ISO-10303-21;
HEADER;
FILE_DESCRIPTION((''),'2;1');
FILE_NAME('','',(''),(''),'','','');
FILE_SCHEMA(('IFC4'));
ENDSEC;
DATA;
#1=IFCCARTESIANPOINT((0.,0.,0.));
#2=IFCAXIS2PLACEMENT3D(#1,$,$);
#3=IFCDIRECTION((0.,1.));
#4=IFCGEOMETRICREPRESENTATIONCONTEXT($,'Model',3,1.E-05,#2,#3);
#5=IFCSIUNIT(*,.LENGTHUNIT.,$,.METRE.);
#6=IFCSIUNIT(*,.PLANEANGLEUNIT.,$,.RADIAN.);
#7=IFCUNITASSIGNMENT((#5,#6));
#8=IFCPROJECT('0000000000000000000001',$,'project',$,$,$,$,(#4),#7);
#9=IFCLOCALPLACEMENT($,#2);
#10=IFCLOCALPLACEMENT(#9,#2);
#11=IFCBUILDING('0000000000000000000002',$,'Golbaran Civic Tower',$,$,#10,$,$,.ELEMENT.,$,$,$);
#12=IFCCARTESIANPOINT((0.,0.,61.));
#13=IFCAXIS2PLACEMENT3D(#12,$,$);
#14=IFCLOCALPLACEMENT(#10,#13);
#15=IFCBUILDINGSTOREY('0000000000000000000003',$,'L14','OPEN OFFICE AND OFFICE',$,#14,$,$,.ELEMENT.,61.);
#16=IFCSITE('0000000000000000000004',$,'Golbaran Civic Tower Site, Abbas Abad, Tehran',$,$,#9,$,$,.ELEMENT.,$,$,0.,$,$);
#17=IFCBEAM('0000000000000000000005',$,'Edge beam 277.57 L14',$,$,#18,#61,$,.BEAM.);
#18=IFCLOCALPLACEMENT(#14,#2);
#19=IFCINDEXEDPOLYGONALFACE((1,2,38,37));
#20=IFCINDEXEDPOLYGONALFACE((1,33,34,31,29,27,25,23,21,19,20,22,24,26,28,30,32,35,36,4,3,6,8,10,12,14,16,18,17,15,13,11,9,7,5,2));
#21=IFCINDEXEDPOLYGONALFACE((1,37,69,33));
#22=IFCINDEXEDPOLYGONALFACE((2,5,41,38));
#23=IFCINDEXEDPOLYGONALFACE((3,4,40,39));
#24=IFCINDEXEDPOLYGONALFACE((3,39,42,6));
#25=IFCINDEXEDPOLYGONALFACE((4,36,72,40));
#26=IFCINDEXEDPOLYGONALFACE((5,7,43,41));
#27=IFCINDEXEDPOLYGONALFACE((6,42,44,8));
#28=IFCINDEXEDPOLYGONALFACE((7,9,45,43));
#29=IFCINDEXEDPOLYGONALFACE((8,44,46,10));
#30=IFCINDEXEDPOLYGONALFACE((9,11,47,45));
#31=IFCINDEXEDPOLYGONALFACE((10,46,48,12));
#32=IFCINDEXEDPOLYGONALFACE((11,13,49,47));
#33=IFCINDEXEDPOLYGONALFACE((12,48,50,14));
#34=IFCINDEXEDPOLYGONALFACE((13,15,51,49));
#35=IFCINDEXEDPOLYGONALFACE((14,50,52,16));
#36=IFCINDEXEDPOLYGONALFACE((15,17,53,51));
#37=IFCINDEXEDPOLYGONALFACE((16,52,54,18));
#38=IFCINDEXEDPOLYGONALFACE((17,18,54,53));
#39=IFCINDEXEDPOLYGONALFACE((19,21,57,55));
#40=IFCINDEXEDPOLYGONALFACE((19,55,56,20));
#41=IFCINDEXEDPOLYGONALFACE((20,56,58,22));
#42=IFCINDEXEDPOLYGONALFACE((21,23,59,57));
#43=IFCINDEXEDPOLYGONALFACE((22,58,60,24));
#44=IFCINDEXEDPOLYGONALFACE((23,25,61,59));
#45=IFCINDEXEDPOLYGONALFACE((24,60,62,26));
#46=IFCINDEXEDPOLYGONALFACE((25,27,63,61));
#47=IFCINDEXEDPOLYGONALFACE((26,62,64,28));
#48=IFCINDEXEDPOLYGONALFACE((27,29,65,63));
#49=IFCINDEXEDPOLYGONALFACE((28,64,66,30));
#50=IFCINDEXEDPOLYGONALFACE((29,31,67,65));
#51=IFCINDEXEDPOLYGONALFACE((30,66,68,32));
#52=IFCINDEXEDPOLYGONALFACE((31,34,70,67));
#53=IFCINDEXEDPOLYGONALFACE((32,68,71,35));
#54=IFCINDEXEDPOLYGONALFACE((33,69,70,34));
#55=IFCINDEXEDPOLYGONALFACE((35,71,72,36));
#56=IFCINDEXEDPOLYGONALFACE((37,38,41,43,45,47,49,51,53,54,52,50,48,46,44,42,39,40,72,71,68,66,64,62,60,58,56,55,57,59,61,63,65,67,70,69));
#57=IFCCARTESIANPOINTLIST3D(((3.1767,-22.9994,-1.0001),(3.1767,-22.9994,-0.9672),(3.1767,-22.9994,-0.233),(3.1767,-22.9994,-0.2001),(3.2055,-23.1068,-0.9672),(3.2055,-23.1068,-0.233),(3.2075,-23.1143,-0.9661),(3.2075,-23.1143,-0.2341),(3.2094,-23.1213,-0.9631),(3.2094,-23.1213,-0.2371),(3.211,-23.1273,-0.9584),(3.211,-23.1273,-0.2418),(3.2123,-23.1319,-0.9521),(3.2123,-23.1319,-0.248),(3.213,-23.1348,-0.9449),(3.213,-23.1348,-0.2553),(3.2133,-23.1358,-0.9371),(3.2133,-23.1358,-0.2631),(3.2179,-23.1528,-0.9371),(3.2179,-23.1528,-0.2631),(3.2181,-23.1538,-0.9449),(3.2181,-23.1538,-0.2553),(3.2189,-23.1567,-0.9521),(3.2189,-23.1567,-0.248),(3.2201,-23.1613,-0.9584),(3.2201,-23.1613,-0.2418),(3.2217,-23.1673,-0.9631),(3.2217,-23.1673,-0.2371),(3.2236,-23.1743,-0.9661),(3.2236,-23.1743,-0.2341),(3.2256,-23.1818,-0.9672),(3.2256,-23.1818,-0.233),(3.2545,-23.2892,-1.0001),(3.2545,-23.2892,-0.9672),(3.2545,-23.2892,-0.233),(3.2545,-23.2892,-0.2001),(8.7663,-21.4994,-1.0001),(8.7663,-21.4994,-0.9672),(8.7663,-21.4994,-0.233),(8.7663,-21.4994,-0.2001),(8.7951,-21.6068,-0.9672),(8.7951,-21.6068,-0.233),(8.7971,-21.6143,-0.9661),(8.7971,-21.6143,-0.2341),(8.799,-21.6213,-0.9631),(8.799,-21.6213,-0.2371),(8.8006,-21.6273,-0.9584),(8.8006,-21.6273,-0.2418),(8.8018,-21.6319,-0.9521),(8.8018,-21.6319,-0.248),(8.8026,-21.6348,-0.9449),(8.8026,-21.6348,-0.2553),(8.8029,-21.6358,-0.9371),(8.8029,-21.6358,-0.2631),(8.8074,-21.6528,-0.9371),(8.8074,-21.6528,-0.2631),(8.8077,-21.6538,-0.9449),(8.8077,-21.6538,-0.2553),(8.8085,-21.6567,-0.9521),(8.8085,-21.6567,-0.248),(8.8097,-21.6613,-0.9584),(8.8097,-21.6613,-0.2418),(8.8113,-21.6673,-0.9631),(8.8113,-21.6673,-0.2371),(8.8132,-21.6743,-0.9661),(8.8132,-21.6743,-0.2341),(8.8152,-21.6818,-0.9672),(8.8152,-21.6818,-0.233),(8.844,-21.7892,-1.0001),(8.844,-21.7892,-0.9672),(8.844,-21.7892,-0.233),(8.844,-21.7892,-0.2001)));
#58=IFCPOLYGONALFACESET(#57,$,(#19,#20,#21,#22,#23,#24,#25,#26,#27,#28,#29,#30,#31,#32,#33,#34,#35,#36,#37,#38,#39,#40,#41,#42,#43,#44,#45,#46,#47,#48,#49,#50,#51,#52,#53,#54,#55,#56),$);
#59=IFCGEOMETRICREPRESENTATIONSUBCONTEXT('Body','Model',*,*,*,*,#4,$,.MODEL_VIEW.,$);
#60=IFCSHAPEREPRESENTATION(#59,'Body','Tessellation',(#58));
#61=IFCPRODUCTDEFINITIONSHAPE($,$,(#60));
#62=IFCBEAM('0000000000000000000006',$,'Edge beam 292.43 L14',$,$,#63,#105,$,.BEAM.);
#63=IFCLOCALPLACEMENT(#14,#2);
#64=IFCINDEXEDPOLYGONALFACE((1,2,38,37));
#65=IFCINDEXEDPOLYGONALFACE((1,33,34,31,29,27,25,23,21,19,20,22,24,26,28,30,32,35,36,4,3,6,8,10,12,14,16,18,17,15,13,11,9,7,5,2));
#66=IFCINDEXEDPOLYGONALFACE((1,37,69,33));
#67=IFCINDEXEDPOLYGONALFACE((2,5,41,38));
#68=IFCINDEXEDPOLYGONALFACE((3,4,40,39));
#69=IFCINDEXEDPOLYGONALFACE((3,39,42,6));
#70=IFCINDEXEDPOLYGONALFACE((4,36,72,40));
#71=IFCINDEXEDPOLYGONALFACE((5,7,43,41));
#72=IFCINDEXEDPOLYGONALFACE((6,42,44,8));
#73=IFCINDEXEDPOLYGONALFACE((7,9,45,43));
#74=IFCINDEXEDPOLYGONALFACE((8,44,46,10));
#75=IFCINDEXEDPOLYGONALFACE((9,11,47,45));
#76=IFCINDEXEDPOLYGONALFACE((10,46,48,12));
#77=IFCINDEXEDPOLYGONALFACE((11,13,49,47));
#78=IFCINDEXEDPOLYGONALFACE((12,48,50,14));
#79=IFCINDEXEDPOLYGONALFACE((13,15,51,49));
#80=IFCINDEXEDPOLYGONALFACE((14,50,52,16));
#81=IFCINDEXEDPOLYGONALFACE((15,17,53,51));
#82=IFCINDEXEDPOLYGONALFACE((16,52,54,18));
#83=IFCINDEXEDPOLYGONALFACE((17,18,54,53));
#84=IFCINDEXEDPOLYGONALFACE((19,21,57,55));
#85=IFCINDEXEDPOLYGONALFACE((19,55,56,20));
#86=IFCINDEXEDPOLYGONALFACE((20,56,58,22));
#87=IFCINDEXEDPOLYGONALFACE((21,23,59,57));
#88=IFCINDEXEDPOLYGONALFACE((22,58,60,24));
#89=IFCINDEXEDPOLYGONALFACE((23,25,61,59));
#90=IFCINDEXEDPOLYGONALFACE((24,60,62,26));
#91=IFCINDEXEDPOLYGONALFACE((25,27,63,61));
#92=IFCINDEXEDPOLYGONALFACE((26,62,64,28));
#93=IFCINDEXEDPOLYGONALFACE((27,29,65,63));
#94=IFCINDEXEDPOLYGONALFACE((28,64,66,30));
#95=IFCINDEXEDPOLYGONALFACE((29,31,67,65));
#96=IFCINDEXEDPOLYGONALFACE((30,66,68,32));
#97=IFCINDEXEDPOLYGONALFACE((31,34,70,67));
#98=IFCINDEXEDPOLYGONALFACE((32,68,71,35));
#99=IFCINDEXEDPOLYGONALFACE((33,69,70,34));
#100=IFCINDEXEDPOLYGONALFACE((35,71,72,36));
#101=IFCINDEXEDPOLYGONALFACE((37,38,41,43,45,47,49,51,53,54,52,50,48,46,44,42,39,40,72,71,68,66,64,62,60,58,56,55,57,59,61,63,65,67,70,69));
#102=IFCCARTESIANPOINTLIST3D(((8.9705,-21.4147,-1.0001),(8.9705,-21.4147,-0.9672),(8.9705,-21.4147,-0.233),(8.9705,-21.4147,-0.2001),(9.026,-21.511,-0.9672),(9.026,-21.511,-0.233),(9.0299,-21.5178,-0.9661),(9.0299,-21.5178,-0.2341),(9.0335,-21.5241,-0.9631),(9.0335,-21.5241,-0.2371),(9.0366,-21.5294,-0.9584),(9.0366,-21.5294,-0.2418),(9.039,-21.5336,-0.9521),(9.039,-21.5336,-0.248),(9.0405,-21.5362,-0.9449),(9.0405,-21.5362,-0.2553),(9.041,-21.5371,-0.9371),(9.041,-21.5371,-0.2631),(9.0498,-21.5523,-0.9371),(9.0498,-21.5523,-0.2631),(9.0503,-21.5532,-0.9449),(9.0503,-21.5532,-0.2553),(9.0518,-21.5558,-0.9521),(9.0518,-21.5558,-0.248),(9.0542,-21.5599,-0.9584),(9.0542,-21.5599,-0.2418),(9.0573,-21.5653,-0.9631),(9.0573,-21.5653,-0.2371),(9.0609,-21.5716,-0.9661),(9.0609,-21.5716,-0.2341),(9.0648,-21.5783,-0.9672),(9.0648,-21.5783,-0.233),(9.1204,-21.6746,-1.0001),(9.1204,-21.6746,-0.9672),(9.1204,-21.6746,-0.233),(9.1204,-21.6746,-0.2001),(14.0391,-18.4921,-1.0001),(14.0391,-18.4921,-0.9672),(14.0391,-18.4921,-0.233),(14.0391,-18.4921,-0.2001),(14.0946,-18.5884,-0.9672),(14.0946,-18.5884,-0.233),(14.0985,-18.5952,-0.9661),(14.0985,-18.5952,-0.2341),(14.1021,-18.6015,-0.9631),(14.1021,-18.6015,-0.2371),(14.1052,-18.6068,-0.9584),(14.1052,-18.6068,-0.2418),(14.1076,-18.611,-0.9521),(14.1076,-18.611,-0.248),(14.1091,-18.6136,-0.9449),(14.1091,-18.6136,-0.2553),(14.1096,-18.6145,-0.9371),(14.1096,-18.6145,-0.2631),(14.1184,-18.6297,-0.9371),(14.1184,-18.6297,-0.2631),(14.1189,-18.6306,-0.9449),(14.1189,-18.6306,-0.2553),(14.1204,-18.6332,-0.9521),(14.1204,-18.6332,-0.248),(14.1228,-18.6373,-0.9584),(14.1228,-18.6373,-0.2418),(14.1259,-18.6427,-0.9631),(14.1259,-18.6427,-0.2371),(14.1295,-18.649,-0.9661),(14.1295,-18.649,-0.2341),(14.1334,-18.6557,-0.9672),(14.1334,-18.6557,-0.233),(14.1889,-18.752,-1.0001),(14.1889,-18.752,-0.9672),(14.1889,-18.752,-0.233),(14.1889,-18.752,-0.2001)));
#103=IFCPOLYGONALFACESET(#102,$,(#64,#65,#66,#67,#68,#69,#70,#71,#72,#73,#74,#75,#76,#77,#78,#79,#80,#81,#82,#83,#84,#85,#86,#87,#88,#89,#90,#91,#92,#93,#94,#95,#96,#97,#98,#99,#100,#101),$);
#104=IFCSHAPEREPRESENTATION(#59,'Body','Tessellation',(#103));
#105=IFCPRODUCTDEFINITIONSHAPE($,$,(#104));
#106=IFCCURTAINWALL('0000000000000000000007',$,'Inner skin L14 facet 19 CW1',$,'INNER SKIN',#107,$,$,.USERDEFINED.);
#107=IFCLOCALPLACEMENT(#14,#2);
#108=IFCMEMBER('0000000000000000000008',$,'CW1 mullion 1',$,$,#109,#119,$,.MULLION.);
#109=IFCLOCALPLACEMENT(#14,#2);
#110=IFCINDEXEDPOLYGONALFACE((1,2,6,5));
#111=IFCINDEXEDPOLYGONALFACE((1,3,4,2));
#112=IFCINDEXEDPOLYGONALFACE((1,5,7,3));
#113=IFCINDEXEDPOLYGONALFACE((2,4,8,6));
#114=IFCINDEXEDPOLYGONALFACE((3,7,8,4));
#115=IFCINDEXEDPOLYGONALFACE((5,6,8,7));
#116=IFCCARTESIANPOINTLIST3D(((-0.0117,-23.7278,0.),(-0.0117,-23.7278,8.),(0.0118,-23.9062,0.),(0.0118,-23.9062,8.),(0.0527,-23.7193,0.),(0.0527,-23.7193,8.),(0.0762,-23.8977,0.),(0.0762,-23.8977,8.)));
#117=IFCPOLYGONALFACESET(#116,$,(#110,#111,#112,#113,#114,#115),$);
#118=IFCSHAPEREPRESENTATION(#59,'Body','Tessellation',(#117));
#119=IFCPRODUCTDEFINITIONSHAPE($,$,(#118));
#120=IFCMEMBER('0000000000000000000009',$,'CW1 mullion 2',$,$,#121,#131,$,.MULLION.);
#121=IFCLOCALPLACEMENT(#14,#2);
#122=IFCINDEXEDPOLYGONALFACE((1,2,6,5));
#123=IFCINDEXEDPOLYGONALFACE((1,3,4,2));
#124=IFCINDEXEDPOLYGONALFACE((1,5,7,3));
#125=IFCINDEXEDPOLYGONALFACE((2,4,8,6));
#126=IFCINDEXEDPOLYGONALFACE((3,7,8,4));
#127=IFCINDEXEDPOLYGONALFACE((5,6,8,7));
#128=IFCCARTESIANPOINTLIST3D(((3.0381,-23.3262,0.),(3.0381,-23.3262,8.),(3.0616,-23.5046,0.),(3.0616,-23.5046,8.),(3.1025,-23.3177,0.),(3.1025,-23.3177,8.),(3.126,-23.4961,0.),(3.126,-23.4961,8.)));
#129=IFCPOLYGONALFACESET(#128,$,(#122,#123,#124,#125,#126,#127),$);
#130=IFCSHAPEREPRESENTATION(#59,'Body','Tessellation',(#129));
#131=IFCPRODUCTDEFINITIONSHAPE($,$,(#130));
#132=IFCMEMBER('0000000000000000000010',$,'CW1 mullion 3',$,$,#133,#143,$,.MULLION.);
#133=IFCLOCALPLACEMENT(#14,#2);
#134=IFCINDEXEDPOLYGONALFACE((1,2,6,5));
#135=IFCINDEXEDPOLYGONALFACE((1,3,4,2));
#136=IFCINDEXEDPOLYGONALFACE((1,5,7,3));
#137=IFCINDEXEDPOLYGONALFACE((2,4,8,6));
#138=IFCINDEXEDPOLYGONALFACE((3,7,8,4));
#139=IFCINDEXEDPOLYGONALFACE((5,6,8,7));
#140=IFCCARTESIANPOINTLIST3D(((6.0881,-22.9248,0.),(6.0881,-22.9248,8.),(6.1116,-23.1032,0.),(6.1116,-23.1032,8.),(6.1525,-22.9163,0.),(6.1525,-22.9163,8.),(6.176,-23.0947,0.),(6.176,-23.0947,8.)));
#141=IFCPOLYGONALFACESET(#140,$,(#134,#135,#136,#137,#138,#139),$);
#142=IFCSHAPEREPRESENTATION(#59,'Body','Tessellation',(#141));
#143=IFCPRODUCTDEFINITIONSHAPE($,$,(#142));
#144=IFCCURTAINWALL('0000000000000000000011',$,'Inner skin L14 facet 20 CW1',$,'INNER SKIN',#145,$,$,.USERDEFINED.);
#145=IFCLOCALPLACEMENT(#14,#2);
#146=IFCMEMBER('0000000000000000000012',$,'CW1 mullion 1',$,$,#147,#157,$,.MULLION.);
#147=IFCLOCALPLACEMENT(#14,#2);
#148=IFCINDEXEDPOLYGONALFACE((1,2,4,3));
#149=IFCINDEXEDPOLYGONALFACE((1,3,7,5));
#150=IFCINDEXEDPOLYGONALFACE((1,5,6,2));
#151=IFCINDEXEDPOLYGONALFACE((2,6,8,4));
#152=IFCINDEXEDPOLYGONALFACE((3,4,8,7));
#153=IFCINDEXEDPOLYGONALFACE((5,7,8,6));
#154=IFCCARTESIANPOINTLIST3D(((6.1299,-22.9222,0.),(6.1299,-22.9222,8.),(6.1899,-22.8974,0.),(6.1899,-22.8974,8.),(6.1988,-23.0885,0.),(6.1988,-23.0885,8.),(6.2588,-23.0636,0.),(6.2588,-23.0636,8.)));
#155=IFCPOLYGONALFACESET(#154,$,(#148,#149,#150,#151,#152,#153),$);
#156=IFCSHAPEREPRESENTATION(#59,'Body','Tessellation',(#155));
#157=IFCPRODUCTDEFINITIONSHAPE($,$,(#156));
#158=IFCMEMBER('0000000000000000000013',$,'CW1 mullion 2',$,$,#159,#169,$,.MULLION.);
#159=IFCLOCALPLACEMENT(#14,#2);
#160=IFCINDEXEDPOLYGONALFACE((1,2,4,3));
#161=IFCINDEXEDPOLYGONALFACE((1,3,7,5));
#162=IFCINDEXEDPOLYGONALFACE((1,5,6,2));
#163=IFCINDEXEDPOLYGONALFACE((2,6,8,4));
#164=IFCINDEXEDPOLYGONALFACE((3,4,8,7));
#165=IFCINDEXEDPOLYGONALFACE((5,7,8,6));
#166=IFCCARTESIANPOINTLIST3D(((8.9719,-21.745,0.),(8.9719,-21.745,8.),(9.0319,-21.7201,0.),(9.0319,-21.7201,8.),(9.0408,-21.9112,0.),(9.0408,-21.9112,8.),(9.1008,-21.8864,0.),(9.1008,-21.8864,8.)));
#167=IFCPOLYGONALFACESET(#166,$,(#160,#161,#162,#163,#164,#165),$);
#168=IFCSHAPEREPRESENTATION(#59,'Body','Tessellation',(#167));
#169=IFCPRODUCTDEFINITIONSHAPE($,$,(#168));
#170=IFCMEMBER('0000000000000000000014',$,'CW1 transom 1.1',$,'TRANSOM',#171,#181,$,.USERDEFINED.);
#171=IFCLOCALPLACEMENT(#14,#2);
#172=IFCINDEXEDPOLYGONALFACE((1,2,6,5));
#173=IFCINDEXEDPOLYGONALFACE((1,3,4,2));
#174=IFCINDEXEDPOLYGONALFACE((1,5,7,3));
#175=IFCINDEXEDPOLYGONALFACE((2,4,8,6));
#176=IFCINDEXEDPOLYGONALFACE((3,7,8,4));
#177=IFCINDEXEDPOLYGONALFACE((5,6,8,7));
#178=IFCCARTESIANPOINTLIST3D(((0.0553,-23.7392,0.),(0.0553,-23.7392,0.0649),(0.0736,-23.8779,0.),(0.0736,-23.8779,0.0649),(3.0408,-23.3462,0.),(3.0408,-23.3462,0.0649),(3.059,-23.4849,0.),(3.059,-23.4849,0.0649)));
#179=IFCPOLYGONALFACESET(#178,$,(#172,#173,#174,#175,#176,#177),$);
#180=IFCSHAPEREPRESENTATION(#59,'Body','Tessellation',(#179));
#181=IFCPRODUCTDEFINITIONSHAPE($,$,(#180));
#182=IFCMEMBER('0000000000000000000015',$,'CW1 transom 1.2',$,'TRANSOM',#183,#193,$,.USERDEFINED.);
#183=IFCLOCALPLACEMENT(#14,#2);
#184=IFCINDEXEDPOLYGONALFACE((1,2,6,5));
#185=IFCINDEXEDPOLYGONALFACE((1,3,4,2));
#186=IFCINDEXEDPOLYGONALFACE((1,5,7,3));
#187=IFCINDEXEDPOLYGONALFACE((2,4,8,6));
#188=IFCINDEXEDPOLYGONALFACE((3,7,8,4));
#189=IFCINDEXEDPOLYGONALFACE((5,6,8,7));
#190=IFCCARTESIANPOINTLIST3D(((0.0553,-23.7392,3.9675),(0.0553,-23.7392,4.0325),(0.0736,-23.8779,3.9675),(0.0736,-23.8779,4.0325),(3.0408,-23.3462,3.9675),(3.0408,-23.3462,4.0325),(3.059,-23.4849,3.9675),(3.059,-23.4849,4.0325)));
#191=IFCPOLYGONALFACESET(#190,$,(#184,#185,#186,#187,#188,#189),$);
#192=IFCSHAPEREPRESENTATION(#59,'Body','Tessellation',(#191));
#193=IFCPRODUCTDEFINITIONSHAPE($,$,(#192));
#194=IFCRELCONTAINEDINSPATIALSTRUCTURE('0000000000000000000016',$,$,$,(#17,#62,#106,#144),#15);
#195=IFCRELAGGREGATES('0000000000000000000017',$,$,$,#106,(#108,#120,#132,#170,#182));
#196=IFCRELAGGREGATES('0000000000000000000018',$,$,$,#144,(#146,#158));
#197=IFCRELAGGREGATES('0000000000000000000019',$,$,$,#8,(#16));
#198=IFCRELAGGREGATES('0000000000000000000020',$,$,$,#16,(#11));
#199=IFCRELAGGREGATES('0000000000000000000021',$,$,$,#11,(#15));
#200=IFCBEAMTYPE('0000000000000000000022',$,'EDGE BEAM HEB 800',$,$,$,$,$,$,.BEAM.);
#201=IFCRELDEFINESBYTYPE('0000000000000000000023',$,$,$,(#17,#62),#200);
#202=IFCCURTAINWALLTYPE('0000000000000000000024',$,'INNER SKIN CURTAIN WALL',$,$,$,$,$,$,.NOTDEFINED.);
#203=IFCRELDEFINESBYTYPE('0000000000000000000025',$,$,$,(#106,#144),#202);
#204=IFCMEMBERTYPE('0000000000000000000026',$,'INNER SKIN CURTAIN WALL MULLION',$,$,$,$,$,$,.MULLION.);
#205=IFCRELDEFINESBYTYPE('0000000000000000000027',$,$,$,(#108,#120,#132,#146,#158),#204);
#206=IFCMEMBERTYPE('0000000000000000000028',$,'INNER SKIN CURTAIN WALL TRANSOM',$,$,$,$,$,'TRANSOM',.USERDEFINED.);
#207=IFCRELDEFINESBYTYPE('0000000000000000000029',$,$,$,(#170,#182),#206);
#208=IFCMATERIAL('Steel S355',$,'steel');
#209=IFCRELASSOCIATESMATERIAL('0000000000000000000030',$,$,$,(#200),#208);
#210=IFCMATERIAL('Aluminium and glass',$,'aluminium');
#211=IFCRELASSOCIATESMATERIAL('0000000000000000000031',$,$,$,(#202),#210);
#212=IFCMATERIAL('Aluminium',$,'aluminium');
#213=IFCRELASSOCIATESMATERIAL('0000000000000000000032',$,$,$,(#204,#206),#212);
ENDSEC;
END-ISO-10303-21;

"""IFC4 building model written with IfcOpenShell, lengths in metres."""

from ifc_helpers import new_model, si_unit, direction, frame, origin, origin_2d, place, context, subcontext, project, spatial, rectangle, i_section, extrude, material, material_profile, profile_set, type_object, element, aggregate, save


model = new_model("IFC4")

# Units and contexts
model_context = context("Model", 3, precision=1e-05, world=origin(), true_north=direction((0.0, 1.0)))
body_context = subcontext(model_context, "Body", "Model", "MODEL_VIEW")
ifc_project = project(units=[si_unit("LENGTHUNIT", "METRE"), si_unit("PLANEANGLEUNIT", "RADIAN")], contexts=[model_context])

# Site, building, storey
site_placement = place(None, origin())
site = spatial("IfcSite", under=ifc_project, at=site_placement, Name="Golbaran Civic Tower Site, Abbas Abad, Tehran", CompositionType="ELEMENT", RefElevation=0.0)
building_placement = place(site_placement, origin())
building = spatial("IfcBuilding", under=site, at=building_placement, Name="Golbaran Civic Tower", CompositionType="ELEMENT")
storey_placement = place(building_placement, frame((0.0, 0.0, 61.0)))
storey = spatial("IfcBuildingStorey", under=building, at=storey_placement, Name="L14", Description="OPEN OFFICE AND OFFICE", CompositionType="ELEMENT", Elevation=61.0)

# Beams
ifc_material_1 = material(Name="Steel S355", Category="steel")
ifc_material_profile_1 = material_profile(ifc_material_1, i_section(OverallWidth=0.3, OverallDepth=0.8, WebThickness=0.0176, FlangeThickness=0.033, FilletRadius=0.03, at=origin_2d()), Name="HEB 800")
ifc_profile_set_1 = profile_set([ifc_material_profile_1], Name="Steel S355")
beam_type = type_object("IfcBeamType", Name="EDGE BEAM HEB 800", PredefinedType="BEAM", material=ifc_profile_set_1)
beam_1_placement = place(storey_placement, frame((3.2156, -23.1443, -0.6001), z_axis=(0.965828, 0.259185, 0.0), x_axis=(-0.259185, 0.965828, 0.0)))
element("IfcBeam", 1, at=beam_1_placement, inside=storey, type_object=beam_type, Name="Edge beam 277.57 L14", PredefinedType="BEAM", context=body_context, shape_type="SweptSolid", body=[
    extrude(i_section(OverallWidth=0.3, OverallDepth=0.8, WebThickness=0.0176, FlangeThickness=0.033, FilletRadius=0.03, at=origin_2d()), origin(), (0.0, 0.0, 1.0), 5.7874),
])
beam_2_placement = place(storey_placement, frame((9.0454, -21.5447, -0.6001), z_axis=(0.866303, 0.499519, 0.0), x_axis=(-0.499519, 0.866303, 0.0)))
element("IfcBeam", 2, at=beam_2_placement, inside=storey, type_object=beam_type, Name="Edge beam 292.43 L14", PredefinedType="BEAM", context=body_context, shape_type="SweptSolid", body=[
    extrude(i_section(OverallWidth=0.3, OverallDepth=0.8, WebThickness=0.0176, FlangeThickness=0.033, FilletRadius=0.03, at=origin_2d()), origin(), (0.0, 0.0, 1.0), 5.8508),
])

# Curtain walls, members
ifc_material_2 = material(Name="Aluminium and glass", Category="aluminium")
curtain_wall_type = type_object("IfcCurtainWallType", Name="INNER SKIN CURTAIN WALL", PredefinedType="NOTDEFINED", material=ifc_material_2)
curtain_wall_1_placement = place(storey_placement, origin())
curtain_wall_1 = element("IfcCurtainWall", 3, at=curtain_wall_1_placement, inside=storey, type_object=curtain_wall_type, Name="Inner skin L14 facet 19 CW1", ObjectType="INNER SKIN", PredefinedType="USERDEFINED")
ifc_material_3 = material(Name="Aluminium", Category="aluminium")
ifc_material_profile_2 = material_profile(ifc_material_3, rectangle(XDim=0.1799, YDim=0.0649, at=origin_2d()), Name="INNER SKIN CURTAIN WALL MULLION")
ifc_profile_set_2 = profile_set([ifc_material_profile_2], Name="Aluminium")
member_type_1 = type_object("IfcMemberType", Name="INNER SKIN CURTAIN WALL MULLION", PredefinedType="MULLION", material=ifc_profile_set_2)
member_1_placement = place(storey_placement, frame((0.0322, -23.8127, 0.0), z_axis=(0.0, 0.0, 1.0), x_axis=(-0.130526, 0.991445, 0.0)))
member_1 = element("IfcMember", 4, at=member_1_placement, type_object=member_type_1, Name="CW1 mullion 1", PredefinedType="MULLION", context=body_context, shape_type="SweptSolid", body=[
    extrude(rectangle(XDim=0.1799, YDim=0.0649, at=origin_2d()), origin(), (0.0, 0.0, 1.0), 8.0),
])
member_2_placement = place(storey_placement, frame((3.082, -23.4111, 0.0), z_axis=(0.0, 0.0, 1.0), x_axis=(-0.130526, 0.991445, 0.0)))
member_2 = element("IfcMember", 5, at=member_2_placement, type_object=member_type_1, Name="CW1 mullion 2", PredefinedType="MULLION", context=body_context, shape_type="SweptSolid", body=[
    extrude(rectangle(XDim=0.1799, YDim=0.0649, at=origin_2d()), origin(), (0.0, 0.0, 1.0), 8.0),
])
member_3_placement = place(storey_placement, frame((6.1321, -23.0098, 0.0), z_axis=(0.0, 0.0, 1.0), x_axis=(-0.130526, 0.991445, 0.0)))
member_3 = element("IfcMember", 6, at=member_3_placement, type_object=member_type_1, Name="CW1 mullion 3", PredefinedType="MULLION", context=body_context, shape_type="SweptSolid", body=[
    extrude(rectangle(XDim=0.1799, YDim=0.0649, at=origin_2d()), origin(), (0.0, 0.0, 1.0), 8.0),
])
curtain_wall_2_placement = place(storey_placement, origin())
curtain_wall_2 = element("IfcCurtainWall", 7, at=curtain_wall_2_placement, inside=storey, type_object=curtain_wall_type, Name="Inner skin L14 facet 20 CW1", ObjectType="INNER SKIN", PredefinedType="USERDEFINED")
member_4_placement = place(storey_placement, frame((6.1943, -22.9929, 0.0), z_axis=(0.0, 0.0, 1.0), x_axis=(-0.382683, 0.92388, 0.0)))
member_4 = element("IfcMember", 8, at=member_4_placement, type_object=member_type_1, Name="CW1 mullion 1", PredefinedType="MULLION", context=body_context, shape_type="SweptSolid", body=[
    extrude(rectangle(XDim=0.1799, YDim=0.0649, at=origin_2d()), origin(), (0.0, 0.0, 1.0), 8.0),
])
member_5_placement = place(storey_placement, frame((9.0364, -21.8157, 0.0), z_axis=(0.0, 0.0, 1.0), x_axis=(-0.382683, 0.92388, 0.0)))
member_5 = element("IfcMember", 9, at=member_5_placement, type_object=member_type_1, Name="CW1 mullion 2", PredefinedType="MULLION", context=body_context, shape_type="SweptSolid", body=[
    extrude(rectangle(XDim=0.1799, YDim=0.0649, at=origin_2d()), origin(), (0.0, 0.0, 1.0), 8.0),
])

# Members
ifc_material_profile_3 = material_profile(ifc_material_3, rectangle(XDim=0.1399, YDim=0.0649, at=origin_2d()), Name="INNER SKIN CURTAIN WALL TRANSOM")
ifc_profile_set_3 = profile_set([ifc_material_profile_3], Name="Aluminium")
member_type_2 = type_object("IfcMemberType", Name="INNER SKIN CURTAIN WALL TRANSOM", ElementType="TRANSOM", PredefinedType="USERDEFINED", material=ifc_profile_set_3)
member_6_placement = place(storey_placement, frame((0.0645, -23.8086, 0.0325), z_axis=(0.991443, 0.130538, 0.0), x_axis=(-0.130538, 0.991443, 0.0)))
member_6 = element("IfcMember", 10, at=member_6_placement, type_object=member_type_2, Name="CW1 transom 1.1", ObjectType="TRANSOM", PredefinedType="USERDEFINED", context=body_context, shape_type="SweptSolid", body=[
    extrude(rectangle(XDim=0.1399, YDim=0.0649, at=origin_2d()), origin(), (0.0, 0.0, 1.0), 3.0112),
])
member_7_placement = place(storey_placement, frame((0.0645, -23.8086, 4.0), z_axis=(0.991443, 0.130538, 0.0), x_axis=(-0.130538, 0.991443, 0.0)))
member_7 = element("IfcMember", 11, at=member_7_placement, type_object=member_type_2, Name="CW1 transom 1.2", ObjectType="TRANSOM", PredefinedType="USERDEFINED", context=body_context, shape_type="SweptSolid", body=[
    extrude(rectangle(XDim=0.1399, YDim=0.0649, at=origin_2d()), origin(), (0.0, 0.0, 1.0), 3.0112),
])

aggregate(curtain_wall_1, [member_1, member_2, member_3, member_6, member_7])
aggregate(curtain_wall_2, [member_4, member_5])

save(model, "model.ifc")
